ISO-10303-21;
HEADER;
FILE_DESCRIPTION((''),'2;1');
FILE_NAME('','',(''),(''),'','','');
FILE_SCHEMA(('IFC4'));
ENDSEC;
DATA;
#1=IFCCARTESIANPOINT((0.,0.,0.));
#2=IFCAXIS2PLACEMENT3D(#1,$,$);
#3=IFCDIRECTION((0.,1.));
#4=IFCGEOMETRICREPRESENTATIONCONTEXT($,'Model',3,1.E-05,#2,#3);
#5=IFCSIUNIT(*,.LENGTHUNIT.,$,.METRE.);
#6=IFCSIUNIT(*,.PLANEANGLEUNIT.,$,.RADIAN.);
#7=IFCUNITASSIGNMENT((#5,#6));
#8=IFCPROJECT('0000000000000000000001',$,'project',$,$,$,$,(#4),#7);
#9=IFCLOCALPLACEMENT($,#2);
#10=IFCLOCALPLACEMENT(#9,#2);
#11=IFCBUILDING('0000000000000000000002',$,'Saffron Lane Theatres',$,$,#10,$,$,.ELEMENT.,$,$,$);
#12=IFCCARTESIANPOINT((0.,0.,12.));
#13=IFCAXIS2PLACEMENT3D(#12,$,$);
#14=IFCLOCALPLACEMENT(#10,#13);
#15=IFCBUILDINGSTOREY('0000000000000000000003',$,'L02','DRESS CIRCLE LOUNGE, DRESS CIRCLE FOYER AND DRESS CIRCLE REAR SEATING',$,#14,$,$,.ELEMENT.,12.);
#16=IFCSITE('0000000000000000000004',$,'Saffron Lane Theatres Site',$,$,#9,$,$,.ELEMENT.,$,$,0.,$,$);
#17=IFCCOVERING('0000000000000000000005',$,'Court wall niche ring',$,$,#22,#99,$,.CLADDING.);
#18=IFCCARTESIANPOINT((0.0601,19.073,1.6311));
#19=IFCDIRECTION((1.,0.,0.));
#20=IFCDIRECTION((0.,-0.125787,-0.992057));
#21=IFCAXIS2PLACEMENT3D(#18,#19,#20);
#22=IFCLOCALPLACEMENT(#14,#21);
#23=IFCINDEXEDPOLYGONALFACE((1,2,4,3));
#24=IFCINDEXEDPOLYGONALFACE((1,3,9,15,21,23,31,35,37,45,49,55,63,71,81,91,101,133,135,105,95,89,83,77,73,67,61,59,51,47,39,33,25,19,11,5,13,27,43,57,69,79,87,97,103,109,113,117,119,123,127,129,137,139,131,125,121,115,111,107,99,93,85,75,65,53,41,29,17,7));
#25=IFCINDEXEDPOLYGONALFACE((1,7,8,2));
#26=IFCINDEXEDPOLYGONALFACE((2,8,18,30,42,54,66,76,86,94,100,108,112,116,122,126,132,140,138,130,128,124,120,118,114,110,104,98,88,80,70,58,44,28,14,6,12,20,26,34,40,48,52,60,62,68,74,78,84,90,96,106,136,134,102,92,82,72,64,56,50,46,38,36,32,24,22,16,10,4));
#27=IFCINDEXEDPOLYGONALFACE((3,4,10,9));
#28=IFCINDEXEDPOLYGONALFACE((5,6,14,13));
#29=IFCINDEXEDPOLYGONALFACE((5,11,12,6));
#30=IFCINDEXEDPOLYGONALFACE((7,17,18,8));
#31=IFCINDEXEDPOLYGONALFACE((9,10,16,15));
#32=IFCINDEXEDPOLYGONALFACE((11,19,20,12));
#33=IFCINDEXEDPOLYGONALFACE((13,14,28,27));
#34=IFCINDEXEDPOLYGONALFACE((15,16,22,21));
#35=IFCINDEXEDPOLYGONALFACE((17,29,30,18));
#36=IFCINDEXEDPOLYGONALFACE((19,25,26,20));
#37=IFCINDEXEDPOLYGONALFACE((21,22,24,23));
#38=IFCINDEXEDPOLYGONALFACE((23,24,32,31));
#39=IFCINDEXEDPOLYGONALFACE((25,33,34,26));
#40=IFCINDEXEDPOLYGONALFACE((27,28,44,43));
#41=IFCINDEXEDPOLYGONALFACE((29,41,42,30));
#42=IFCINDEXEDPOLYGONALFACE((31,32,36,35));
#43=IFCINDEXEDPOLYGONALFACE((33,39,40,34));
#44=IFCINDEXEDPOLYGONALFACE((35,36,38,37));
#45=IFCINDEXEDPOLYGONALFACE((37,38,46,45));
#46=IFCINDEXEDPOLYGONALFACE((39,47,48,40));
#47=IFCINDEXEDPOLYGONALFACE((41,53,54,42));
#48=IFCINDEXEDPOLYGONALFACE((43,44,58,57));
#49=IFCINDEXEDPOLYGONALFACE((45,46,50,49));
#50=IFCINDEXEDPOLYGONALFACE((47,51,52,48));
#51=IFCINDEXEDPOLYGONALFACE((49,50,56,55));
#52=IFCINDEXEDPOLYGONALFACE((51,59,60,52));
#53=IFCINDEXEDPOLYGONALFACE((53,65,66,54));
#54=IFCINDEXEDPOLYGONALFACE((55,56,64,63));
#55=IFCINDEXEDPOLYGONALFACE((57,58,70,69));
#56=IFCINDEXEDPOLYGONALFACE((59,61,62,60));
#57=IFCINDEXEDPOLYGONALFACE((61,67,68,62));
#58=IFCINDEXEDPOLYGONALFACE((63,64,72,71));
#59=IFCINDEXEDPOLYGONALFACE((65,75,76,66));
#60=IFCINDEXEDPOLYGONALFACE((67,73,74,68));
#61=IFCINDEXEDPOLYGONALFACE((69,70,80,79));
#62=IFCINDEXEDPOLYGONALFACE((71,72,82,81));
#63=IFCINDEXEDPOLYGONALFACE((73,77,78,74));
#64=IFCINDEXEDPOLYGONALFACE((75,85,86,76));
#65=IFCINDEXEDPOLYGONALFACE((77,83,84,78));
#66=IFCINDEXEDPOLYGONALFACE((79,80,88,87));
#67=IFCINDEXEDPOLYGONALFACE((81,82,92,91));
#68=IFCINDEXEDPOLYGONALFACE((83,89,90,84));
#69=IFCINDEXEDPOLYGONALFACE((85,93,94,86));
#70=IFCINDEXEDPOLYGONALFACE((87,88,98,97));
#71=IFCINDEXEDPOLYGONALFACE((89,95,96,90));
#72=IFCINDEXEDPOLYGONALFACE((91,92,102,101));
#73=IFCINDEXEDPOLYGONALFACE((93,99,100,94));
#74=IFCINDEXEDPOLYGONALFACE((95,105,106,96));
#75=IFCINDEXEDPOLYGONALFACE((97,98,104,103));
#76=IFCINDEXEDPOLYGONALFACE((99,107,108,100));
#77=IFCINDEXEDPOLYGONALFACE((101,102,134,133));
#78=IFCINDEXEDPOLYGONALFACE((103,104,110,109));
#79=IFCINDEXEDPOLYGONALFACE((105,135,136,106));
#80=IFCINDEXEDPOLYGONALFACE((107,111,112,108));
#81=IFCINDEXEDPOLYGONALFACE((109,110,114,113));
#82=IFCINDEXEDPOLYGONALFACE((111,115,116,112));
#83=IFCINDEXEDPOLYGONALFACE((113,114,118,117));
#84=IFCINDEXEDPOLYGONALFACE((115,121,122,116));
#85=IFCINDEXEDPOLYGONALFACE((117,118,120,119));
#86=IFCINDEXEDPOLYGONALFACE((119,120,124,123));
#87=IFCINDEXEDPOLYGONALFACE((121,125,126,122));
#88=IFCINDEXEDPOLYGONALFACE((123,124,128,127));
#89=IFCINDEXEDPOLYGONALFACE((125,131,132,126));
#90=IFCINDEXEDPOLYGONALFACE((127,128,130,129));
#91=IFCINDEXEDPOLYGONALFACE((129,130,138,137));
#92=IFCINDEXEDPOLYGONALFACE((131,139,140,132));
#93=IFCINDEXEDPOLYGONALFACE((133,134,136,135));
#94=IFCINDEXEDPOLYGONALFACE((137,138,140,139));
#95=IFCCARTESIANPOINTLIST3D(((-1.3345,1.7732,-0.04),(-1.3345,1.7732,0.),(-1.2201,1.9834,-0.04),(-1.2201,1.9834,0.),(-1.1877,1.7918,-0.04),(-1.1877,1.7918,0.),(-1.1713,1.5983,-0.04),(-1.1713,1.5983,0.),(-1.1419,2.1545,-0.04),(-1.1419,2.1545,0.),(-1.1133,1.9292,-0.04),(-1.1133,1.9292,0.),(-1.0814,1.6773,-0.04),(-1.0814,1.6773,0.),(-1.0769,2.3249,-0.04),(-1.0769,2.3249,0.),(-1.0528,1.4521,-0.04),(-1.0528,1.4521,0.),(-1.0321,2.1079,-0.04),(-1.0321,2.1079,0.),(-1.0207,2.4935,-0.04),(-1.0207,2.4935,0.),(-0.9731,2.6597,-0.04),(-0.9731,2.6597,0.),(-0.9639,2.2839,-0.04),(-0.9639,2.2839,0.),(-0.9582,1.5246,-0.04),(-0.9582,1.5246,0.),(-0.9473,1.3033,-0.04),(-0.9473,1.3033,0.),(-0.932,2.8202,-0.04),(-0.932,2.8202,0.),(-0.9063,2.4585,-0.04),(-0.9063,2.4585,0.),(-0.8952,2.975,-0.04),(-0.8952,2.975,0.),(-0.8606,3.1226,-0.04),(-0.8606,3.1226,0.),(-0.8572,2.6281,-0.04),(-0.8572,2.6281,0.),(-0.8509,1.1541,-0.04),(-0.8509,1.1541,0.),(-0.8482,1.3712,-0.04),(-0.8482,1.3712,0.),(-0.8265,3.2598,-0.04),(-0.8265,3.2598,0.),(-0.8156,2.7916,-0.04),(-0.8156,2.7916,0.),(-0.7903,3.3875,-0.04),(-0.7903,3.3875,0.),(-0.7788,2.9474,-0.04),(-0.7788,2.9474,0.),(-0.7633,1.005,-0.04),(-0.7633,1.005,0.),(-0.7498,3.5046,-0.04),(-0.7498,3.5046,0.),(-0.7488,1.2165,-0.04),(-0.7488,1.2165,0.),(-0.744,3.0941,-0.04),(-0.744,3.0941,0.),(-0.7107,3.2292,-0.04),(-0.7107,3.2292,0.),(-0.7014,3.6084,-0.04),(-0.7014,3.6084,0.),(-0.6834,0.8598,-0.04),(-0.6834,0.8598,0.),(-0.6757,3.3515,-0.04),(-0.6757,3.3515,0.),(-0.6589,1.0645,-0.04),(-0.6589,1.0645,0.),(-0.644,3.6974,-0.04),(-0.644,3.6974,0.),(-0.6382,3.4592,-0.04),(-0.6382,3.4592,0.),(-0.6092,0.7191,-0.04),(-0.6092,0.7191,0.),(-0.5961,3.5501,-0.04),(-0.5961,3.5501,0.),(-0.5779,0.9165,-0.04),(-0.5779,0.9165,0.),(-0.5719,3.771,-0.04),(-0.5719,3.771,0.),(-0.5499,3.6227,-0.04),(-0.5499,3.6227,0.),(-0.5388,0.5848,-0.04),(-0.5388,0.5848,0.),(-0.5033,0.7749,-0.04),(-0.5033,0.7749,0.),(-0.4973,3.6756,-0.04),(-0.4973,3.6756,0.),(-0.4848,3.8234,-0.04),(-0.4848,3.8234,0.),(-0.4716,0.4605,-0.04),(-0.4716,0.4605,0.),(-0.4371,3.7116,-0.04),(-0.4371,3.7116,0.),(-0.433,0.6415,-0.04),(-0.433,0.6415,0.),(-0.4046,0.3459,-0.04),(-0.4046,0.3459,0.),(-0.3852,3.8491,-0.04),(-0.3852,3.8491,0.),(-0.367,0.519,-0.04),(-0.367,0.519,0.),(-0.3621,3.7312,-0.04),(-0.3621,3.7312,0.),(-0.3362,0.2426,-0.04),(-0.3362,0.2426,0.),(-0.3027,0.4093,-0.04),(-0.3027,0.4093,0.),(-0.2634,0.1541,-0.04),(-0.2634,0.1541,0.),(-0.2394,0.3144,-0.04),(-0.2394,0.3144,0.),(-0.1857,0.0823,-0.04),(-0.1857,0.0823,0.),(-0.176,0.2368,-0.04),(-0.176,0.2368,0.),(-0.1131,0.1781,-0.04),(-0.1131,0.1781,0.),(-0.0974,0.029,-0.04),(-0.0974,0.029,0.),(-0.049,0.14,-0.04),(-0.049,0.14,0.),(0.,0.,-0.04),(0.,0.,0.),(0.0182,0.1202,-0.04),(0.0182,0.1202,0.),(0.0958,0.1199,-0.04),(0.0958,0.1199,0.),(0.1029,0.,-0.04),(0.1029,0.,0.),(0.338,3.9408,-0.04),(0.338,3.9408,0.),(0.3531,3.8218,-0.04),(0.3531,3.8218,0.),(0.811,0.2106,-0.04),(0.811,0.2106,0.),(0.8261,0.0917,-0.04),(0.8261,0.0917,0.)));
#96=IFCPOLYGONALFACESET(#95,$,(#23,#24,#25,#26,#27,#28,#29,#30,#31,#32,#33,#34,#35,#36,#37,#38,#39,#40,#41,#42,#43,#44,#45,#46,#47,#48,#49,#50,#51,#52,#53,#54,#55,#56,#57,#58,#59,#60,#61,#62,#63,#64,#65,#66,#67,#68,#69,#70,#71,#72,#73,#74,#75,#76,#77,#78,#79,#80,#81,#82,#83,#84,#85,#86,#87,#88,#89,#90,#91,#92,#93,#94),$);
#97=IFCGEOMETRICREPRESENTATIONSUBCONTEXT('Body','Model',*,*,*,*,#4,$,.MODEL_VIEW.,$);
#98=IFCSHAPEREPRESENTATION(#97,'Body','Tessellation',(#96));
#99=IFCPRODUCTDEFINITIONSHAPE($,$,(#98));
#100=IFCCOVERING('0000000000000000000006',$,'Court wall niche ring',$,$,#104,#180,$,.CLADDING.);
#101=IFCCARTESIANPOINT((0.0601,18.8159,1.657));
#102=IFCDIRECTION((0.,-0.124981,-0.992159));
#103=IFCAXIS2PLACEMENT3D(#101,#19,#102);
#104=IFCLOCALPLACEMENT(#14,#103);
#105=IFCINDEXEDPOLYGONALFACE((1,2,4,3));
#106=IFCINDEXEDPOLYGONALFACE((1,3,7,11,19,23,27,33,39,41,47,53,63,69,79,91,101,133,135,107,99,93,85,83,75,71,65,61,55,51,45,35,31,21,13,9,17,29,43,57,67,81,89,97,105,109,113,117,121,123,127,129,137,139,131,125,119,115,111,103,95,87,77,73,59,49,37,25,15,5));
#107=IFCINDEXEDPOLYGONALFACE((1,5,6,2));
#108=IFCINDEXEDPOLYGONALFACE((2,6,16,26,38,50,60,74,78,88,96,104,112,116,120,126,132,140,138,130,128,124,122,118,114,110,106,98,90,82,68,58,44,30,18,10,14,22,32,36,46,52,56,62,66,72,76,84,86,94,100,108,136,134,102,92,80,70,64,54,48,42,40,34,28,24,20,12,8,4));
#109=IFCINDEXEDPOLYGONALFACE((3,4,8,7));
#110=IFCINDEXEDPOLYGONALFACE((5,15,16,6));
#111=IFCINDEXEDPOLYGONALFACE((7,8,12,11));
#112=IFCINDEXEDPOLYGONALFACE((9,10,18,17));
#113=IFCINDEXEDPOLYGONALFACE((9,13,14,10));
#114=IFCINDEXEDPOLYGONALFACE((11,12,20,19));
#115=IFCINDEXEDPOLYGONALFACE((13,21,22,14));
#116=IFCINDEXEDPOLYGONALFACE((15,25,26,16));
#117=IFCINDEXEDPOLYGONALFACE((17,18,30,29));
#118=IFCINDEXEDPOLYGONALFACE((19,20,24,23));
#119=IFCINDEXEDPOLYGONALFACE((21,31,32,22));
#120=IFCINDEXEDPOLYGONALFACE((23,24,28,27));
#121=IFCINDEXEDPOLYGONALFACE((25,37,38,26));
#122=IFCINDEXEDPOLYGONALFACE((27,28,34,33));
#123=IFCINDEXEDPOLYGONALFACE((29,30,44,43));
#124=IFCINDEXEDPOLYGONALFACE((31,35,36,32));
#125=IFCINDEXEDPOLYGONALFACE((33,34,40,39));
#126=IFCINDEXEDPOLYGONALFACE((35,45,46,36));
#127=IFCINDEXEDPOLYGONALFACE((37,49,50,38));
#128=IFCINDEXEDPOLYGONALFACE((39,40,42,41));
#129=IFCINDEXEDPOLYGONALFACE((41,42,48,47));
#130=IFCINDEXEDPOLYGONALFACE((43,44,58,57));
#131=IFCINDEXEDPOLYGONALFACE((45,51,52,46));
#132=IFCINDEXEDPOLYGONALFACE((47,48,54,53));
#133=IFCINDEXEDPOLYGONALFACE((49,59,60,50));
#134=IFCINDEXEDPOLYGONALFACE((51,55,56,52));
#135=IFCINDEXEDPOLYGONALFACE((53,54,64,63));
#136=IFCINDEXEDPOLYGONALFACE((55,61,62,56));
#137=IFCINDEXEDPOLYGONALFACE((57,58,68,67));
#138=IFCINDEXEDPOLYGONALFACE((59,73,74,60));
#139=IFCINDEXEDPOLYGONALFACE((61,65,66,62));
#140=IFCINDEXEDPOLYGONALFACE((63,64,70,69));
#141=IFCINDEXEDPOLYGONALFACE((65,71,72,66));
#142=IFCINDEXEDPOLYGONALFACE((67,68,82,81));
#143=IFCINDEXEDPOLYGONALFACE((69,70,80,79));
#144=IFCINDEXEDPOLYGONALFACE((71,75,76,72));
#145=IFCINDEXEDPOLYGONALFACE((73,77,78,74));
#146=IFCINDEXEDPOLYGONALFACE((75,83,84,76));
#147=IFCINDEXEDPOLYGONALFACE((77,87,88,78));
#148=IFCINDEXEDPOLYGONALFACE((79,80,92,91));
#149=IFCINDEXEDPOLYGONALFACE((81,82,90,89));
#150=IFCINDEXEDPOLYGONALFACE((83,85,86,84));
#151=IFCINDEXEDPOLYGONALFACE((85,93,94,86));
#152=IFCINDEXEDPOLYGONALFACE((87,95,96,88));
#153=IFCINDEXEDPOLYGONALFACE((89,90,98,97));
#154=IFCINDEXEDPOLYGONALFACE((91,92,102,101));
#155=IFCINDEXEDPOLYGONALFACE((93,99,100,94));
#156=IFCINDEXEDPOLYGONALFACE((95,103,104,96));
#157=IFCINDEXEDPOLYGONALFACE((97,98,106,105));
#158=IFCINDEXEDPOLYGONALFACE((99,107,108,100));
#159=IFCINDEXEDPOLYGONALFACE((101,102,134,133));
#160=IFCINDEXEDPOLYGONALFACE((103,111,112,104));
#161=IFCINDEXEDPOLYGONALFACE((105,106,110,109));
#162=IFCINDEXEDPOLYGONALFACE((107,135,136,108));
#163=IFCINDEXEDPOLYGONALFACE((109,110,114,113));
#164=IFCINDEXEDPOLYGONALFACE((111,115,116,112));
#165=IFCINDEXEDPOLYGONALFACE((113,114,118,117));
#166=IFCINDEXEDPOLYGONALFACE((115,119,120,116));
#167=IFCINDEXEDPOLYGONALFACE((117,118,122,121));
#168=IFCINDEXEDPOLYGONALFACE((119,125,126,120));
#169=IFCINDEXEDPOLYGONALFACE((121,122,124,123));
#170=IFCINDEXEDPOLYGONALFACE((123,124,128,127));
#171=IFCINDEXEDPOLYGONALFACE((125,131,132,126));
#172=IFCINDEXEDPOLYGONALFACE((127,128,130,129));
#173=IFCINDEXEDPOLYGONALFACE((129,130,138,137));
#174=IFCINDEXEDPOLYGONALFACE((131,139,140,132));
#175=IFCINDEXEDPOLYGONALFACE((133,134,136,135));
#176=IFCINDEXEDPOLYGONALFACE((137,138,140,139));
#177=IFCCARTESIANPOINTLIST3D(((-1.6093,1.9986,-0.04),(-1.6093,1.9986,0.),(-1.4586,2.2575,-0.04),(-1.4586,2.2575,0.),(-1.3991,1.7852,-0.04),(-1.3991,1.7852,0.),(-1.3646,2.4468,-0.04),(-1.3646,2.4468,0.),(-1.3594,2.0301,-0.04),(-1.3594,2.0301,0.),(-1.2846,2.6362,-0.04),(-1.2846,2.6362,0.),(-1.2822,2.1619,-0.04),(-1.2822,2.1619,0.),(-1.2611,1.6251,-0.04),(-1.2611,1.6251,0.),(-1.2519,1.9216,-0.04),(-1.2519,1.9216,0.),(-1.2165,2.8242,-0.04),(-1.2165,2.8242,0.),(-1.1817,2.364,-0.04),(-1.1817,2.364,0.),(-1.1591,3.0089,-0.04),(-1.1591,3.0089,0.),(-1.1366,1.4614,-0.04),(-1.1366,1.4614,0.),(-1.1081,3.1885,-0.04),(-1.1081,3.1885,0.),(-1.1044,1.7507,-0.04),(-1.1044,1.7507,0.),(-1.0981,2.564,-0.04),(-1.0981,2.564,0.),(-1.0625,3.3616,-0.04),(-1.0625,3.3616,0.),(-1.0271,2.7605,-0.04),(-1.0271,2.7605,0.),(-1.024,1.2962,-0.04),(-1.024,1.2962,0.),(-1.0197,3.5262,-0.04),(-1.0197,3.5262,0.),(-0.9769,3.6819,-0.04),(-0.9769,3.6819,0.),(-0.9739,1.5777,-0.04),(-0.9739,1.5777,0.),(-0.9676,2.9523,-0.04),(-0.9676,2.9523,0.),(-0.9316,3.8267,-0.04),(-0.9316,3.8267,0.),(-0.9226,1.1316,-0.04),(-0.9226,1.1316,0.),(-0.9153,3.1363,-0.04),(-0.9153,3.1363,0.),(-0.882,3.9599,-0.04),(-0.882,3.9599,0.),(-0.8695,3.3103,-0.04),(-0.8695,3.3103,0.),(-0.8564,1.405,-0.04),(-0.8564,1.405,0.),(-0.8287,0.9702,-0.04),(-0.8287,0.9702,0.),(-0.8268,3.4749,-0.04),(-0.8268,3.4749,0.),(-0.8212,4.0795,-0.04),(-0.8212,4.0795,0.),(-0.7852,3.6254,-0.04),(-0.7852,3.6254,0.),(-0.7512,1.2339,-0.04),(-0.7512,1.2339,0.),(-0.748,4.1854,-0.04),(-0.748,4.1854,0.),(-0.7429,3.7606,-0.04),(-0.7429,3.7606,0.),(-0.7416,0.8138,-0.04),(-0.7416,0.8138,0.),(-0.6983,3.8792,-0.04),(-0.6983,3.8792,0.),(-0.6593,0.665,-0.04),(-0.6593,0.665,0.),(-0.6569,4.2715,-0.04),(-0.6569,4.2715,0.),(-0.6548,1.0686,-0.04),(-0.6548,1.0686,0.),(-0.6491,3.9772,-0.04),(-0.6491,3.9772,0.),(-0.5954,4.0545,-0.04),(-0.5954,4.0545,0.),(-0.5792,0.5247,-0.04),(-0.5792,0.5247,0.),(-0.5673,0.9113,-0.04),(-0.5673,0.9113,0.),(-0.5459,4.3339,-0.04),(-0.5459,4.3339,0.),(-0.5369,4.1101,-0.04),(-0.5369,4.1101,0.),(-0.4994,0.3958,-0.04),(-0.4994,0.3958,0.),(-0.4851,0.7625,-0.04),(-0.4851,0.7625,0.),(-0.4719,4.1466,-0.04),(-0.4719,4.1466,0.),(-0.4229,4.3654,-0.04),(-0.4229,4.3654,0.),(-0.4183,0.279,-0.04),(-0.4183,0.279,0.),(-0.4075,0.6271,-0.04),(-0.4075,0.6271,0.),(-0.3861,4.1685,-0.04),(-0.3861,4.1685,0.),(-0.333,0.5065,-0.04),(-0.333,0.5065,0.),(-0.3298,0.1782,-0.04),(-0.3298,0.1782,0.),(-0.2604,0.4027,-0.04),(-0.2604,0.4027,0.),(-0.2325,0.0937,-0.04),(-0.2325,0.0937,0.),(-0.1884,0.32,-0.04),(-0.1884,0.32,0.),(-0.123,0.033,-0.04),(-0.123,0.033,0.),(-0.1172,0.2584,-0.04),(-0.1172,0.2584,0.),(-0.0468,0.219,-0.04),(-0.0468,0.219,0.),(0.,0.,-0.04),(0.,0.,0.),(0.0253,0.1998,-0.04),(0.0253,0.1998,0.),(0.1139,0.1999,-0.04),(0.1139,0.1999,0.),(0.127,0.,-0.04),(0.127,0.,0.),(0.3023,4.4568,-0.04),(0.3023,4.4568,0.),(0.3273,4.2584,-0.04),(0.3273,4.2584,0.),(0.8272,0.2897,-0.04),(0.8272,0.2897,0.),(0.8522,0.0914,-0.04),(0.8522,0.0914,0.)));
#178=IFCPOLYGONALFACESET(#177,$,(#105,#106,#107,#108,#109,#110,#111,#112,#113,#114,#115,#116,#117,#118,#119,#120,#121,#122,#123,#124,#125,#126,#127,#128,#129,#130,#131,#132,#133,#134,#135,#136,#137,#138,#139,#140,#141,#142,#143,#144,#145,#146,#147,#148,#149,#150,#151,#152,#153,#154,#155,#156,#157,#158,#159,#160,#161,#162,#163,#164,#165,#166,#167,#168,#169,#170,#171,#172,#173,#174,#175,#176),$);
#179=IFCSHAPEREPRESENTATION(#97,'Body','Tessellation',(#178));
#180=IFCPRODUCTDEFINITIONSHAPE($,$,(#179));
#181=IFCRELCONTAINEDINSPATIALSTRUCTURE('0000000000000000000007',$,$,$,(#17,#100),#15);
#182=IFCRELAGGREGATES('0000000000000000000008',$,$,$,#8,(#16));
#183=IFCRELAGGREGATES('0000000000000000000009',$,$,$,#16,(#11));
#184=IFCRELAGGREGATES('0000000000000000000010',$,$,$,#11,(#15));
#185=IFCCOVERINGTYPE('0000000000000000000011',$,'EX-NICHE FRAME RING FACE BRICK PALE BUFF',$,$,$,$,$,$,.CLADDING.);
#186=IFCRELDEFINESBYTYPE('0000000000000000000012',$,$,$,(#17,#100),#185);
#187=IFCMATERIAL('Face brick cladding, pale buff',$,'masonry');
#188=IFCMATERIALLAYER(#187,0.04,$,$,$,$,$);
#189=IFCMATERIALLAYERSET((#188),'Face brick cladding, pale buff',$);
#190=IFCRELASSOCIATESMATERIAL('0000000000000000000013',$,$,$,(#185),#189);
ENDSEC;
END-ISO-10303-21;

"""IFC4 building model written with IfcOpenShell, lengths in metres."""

from ifc_helpers import new_model, si_unit, direction, frame, origin, place, context, subcontext, project, spatial, polyline, outline, extrude, material, layer, layer_set, type_object, element, save


model = new_model("IFC4")

# Units and contexts
model_context = context("Model", 3, precision=1e-05, world=origin(), true_north=direction((0.0, 1.0)))
body_context = subcontext(model_context, "Body", "Model", "MODEL_VIEW")
ifc_project = project(units=[si_unit("LENGTHUNIT", "METRE"), si_unit("PLANEANGLEUNIT", "RADIAN")], contexts=[model_context])

# Site, building, storey
site_placement = place(None, origin())
site = spatial("IfcSite", under=ifc_project, at=site_placement, Name="Saffron Lane Theatres Site", CompositionType="ELEMENT", RefElevation=0.0)
building_placement = place(site_placement, origin())
building = spatial("IfcBuilding", under=site, at=building_placement, Name="Saffron Lane Theatres", CompositionType="ELEMENT")
storey_placement = place(building_placement, frame((0.0, 0.0, 12.0)))
storey = spatial("IfcBuildingStorey", under=building, at=storey_placement, Name="L02", Description="DRESS CIRCLE LOUNGE, DRESS CIRCLE FOYER AND DRESS CIRCLE REAR SEATING", CompositionType="ELEMENT", Elevation=12.0)

# Coverings
ifc_material_1 = material(Name="Face brick cladding, pale buff", Category="masonry")
ifc_layer_1 = layer(ifc_material_1, 0.04)
ifc_layer_set_1 = layer_set([ifc_layer_1], Name="Face brick cladding, pale buff")
covering_type_1 = type_object("IfcCoveringType", Name="EX-NICHE FRAME RING FACE BRICK PALE BUFF", PredefinedType="CLADDING", material=ifc_layer_set_1)
covering_1_placement = place(storey_placement, frame((0.0601, 19.073, 1.6311), z_axis=(1.0, 0.0, 0.0), x_axis=(0.0, -0.125787, -0.992057)))
element("IfcCovering", 1, at=covering_1_placement, inside=storey, type_object=covering_type_1, Name="Court wall niche ring", PredefinedType="CLADDING", context=body_context, shape_type="SweptSolid", body=[
    extrude(outline(polyline([(0.0, 0.0), (0.1029, 0.0), (0.8261, 0.0917), (0.811, 0.2106), (0.0958, 0.1199), (0.0182, 0.1202), (-0.049, 0.14), (-0.1131, 0.1781), (-0.176, 0.2368), (-0.2394, 0.3144), (-0.3027, 0.4093), (-0.367, 0.519), (-0.433, 0.6415), (-0.5033, 0.7749), (-0.5779, 0.9165), (-0.6589, 1.0645), (-0.7488, 1.2165), (-0.8482, 1.3712), (-0.9582, 1.5246), (-1.0814, 1.6773), (-1.1877, 1.7918), (-1.1133, 1.9292), (-1.0321, 2.1079), (-0.9639, 2.2839), (-0.9063, 2.4585), (-0.8572, 2.6281), (-0.8156, 2.7916), (-0.7788, 2.9474), (-0.744, 3.0941), (-0.7107, 3.2292), (-0.6757, 3.3515), (-0.6382, 3.4592), (-0.5961, 3.5501), (-0.5499, 3.6227), (-0.4973, 3.6756), (-0.4371, 3.7116), (-0.3621, 3.7312), (0.3531, 3.8218), (0.338, 3.9408), (-0.3852, 3.8491), (-0.4848, 3.8234), (-0.5719, 3.771), (-0.644, 3.6974), (-0.7014, 3.6084), (-0.7498, 3.5046), (-0.7903, 3.3875), (-0.8265, 3.2598), (-0.8606, 3.1226), (-0.8952, 2.975), (-0.932, 2.8202), (-0.9731, 2.6597), (-1.0207, 2.4935), (-1.0769, 2.3249), (-1.1419, 2.1545), (-1.2201, 1.9834), (-1.3345, 1.7732), (-1.1713, 1.5983), (-1.0528, 1.4521), (-0.9473, 1.3033), (-0.8509, 1.1541), (-0.7633, 1.005), (-0.6834, 0.8598), (-0.6092, 0.7191), (-0.5388, 0.5848), (-0.4716, 0.4605), (-0.4046, 0.3459), (-0.3362, 0.2426), (-0.2634, 0.1541), (-0.1857, 0.0823), (-0.0974, 0.029), (0.0, 0.0)])), origin(), (0.0, 0.0, -1.0), 0.04),
])
covering_2_placement = place(storey_placement, frame((0.0601, 18.8159, 1.657), z_axis=(1.0, 0.0, 0.0), x_axis=(0.0, -0.124981, -0.992159)))
element("IfcCovering", 2, at=covering_2_placement, inside=storey, type_object=covering_type_1, Name="Court wall niche ring", PredefinedType="CLADDING", context=body_context, shape_type="SweptSolid", body=[
    extrude(outline(polyline([(0.0, 0.0), (0.127, 0.0), (0.8522, 0.0914), (0.8272, 0.2897), (0.1139, 0.1999), (0.0253, 0.1998), (-0.0468, 0.219), (-0.1172, 0.2584), (-0.1884, 0.32), (-0.2604, 0.4027), (-0.333, 0.5065), (-0.4075, 0.6271), (-0.4851, 0.7625), (-0.5673, 0.9113), (-0.6548, 1.0686), (-0.7512, 1.2339), (-0.8564, 1.405), (-0.9739, 1.5777), (-1.1044, 1.7507), (-1.2519, 1.9216), (-1.3594, 2.0301), (-1.2822, 2.1619), (-1.1817, 2.364), (-1.0981, 2.564), (-1.0271, 2.7605), (-0.9676, 2.9523), (-0.9153, 3.1363), (-0.8695, 3.3103), (-0.8268, 3.4749), (-0.7852, 3.6254), (-0.7429, 3.7606), (-0.6983, 3.8792), (-0.6491, 3.9772), (-0.5954, 4.0545), (-0.5369, 4.1101), (-0.4719, 4.1466), (-0.3861, 4.1685), (0.3273, 4.2584), (0.3023, 4.4568), (-0.4229, 4.3654), (-0.5459, 4.3339), (-0.6569, 4.2715), (-0.748, 4.1854), (-0.8212, 4.0795), (-0.882, 3.9599), (-0.9316, 3.8267), (-0.9769, 3.6819), (-1.0197, 3.5262), (-1.0625, 3.3616), (-1.1081, 3.1885), (-1.1591, 3.0089), (-1.2165, 2.8242), (-1.2846, 2.6362), (-1.3646, 2.4468), (-1.4586, 2.2575), (-1.6093, 1.9986), (-1.3991, 1.7852), (-1.2611, 1.6251), (-1.1366, 1.4614), (-1.024, 1.2962), (-0.9226, 1.1316), (-0.8287, 0.9702), (-0.7416, 0.8138), (-0.6593, 0.665), (-0.5792, 0.5247), (-0.4994, 0.3958), (-0.4183, 0.279), (-0.3298, 0.1782), (-0.2325, 0.0937), (-0.123, 0.033), (0.0, 0.0)])), origin(), (0.0, 0.0, -1.0), 0.04),
])

save(model, "model.ifc")
